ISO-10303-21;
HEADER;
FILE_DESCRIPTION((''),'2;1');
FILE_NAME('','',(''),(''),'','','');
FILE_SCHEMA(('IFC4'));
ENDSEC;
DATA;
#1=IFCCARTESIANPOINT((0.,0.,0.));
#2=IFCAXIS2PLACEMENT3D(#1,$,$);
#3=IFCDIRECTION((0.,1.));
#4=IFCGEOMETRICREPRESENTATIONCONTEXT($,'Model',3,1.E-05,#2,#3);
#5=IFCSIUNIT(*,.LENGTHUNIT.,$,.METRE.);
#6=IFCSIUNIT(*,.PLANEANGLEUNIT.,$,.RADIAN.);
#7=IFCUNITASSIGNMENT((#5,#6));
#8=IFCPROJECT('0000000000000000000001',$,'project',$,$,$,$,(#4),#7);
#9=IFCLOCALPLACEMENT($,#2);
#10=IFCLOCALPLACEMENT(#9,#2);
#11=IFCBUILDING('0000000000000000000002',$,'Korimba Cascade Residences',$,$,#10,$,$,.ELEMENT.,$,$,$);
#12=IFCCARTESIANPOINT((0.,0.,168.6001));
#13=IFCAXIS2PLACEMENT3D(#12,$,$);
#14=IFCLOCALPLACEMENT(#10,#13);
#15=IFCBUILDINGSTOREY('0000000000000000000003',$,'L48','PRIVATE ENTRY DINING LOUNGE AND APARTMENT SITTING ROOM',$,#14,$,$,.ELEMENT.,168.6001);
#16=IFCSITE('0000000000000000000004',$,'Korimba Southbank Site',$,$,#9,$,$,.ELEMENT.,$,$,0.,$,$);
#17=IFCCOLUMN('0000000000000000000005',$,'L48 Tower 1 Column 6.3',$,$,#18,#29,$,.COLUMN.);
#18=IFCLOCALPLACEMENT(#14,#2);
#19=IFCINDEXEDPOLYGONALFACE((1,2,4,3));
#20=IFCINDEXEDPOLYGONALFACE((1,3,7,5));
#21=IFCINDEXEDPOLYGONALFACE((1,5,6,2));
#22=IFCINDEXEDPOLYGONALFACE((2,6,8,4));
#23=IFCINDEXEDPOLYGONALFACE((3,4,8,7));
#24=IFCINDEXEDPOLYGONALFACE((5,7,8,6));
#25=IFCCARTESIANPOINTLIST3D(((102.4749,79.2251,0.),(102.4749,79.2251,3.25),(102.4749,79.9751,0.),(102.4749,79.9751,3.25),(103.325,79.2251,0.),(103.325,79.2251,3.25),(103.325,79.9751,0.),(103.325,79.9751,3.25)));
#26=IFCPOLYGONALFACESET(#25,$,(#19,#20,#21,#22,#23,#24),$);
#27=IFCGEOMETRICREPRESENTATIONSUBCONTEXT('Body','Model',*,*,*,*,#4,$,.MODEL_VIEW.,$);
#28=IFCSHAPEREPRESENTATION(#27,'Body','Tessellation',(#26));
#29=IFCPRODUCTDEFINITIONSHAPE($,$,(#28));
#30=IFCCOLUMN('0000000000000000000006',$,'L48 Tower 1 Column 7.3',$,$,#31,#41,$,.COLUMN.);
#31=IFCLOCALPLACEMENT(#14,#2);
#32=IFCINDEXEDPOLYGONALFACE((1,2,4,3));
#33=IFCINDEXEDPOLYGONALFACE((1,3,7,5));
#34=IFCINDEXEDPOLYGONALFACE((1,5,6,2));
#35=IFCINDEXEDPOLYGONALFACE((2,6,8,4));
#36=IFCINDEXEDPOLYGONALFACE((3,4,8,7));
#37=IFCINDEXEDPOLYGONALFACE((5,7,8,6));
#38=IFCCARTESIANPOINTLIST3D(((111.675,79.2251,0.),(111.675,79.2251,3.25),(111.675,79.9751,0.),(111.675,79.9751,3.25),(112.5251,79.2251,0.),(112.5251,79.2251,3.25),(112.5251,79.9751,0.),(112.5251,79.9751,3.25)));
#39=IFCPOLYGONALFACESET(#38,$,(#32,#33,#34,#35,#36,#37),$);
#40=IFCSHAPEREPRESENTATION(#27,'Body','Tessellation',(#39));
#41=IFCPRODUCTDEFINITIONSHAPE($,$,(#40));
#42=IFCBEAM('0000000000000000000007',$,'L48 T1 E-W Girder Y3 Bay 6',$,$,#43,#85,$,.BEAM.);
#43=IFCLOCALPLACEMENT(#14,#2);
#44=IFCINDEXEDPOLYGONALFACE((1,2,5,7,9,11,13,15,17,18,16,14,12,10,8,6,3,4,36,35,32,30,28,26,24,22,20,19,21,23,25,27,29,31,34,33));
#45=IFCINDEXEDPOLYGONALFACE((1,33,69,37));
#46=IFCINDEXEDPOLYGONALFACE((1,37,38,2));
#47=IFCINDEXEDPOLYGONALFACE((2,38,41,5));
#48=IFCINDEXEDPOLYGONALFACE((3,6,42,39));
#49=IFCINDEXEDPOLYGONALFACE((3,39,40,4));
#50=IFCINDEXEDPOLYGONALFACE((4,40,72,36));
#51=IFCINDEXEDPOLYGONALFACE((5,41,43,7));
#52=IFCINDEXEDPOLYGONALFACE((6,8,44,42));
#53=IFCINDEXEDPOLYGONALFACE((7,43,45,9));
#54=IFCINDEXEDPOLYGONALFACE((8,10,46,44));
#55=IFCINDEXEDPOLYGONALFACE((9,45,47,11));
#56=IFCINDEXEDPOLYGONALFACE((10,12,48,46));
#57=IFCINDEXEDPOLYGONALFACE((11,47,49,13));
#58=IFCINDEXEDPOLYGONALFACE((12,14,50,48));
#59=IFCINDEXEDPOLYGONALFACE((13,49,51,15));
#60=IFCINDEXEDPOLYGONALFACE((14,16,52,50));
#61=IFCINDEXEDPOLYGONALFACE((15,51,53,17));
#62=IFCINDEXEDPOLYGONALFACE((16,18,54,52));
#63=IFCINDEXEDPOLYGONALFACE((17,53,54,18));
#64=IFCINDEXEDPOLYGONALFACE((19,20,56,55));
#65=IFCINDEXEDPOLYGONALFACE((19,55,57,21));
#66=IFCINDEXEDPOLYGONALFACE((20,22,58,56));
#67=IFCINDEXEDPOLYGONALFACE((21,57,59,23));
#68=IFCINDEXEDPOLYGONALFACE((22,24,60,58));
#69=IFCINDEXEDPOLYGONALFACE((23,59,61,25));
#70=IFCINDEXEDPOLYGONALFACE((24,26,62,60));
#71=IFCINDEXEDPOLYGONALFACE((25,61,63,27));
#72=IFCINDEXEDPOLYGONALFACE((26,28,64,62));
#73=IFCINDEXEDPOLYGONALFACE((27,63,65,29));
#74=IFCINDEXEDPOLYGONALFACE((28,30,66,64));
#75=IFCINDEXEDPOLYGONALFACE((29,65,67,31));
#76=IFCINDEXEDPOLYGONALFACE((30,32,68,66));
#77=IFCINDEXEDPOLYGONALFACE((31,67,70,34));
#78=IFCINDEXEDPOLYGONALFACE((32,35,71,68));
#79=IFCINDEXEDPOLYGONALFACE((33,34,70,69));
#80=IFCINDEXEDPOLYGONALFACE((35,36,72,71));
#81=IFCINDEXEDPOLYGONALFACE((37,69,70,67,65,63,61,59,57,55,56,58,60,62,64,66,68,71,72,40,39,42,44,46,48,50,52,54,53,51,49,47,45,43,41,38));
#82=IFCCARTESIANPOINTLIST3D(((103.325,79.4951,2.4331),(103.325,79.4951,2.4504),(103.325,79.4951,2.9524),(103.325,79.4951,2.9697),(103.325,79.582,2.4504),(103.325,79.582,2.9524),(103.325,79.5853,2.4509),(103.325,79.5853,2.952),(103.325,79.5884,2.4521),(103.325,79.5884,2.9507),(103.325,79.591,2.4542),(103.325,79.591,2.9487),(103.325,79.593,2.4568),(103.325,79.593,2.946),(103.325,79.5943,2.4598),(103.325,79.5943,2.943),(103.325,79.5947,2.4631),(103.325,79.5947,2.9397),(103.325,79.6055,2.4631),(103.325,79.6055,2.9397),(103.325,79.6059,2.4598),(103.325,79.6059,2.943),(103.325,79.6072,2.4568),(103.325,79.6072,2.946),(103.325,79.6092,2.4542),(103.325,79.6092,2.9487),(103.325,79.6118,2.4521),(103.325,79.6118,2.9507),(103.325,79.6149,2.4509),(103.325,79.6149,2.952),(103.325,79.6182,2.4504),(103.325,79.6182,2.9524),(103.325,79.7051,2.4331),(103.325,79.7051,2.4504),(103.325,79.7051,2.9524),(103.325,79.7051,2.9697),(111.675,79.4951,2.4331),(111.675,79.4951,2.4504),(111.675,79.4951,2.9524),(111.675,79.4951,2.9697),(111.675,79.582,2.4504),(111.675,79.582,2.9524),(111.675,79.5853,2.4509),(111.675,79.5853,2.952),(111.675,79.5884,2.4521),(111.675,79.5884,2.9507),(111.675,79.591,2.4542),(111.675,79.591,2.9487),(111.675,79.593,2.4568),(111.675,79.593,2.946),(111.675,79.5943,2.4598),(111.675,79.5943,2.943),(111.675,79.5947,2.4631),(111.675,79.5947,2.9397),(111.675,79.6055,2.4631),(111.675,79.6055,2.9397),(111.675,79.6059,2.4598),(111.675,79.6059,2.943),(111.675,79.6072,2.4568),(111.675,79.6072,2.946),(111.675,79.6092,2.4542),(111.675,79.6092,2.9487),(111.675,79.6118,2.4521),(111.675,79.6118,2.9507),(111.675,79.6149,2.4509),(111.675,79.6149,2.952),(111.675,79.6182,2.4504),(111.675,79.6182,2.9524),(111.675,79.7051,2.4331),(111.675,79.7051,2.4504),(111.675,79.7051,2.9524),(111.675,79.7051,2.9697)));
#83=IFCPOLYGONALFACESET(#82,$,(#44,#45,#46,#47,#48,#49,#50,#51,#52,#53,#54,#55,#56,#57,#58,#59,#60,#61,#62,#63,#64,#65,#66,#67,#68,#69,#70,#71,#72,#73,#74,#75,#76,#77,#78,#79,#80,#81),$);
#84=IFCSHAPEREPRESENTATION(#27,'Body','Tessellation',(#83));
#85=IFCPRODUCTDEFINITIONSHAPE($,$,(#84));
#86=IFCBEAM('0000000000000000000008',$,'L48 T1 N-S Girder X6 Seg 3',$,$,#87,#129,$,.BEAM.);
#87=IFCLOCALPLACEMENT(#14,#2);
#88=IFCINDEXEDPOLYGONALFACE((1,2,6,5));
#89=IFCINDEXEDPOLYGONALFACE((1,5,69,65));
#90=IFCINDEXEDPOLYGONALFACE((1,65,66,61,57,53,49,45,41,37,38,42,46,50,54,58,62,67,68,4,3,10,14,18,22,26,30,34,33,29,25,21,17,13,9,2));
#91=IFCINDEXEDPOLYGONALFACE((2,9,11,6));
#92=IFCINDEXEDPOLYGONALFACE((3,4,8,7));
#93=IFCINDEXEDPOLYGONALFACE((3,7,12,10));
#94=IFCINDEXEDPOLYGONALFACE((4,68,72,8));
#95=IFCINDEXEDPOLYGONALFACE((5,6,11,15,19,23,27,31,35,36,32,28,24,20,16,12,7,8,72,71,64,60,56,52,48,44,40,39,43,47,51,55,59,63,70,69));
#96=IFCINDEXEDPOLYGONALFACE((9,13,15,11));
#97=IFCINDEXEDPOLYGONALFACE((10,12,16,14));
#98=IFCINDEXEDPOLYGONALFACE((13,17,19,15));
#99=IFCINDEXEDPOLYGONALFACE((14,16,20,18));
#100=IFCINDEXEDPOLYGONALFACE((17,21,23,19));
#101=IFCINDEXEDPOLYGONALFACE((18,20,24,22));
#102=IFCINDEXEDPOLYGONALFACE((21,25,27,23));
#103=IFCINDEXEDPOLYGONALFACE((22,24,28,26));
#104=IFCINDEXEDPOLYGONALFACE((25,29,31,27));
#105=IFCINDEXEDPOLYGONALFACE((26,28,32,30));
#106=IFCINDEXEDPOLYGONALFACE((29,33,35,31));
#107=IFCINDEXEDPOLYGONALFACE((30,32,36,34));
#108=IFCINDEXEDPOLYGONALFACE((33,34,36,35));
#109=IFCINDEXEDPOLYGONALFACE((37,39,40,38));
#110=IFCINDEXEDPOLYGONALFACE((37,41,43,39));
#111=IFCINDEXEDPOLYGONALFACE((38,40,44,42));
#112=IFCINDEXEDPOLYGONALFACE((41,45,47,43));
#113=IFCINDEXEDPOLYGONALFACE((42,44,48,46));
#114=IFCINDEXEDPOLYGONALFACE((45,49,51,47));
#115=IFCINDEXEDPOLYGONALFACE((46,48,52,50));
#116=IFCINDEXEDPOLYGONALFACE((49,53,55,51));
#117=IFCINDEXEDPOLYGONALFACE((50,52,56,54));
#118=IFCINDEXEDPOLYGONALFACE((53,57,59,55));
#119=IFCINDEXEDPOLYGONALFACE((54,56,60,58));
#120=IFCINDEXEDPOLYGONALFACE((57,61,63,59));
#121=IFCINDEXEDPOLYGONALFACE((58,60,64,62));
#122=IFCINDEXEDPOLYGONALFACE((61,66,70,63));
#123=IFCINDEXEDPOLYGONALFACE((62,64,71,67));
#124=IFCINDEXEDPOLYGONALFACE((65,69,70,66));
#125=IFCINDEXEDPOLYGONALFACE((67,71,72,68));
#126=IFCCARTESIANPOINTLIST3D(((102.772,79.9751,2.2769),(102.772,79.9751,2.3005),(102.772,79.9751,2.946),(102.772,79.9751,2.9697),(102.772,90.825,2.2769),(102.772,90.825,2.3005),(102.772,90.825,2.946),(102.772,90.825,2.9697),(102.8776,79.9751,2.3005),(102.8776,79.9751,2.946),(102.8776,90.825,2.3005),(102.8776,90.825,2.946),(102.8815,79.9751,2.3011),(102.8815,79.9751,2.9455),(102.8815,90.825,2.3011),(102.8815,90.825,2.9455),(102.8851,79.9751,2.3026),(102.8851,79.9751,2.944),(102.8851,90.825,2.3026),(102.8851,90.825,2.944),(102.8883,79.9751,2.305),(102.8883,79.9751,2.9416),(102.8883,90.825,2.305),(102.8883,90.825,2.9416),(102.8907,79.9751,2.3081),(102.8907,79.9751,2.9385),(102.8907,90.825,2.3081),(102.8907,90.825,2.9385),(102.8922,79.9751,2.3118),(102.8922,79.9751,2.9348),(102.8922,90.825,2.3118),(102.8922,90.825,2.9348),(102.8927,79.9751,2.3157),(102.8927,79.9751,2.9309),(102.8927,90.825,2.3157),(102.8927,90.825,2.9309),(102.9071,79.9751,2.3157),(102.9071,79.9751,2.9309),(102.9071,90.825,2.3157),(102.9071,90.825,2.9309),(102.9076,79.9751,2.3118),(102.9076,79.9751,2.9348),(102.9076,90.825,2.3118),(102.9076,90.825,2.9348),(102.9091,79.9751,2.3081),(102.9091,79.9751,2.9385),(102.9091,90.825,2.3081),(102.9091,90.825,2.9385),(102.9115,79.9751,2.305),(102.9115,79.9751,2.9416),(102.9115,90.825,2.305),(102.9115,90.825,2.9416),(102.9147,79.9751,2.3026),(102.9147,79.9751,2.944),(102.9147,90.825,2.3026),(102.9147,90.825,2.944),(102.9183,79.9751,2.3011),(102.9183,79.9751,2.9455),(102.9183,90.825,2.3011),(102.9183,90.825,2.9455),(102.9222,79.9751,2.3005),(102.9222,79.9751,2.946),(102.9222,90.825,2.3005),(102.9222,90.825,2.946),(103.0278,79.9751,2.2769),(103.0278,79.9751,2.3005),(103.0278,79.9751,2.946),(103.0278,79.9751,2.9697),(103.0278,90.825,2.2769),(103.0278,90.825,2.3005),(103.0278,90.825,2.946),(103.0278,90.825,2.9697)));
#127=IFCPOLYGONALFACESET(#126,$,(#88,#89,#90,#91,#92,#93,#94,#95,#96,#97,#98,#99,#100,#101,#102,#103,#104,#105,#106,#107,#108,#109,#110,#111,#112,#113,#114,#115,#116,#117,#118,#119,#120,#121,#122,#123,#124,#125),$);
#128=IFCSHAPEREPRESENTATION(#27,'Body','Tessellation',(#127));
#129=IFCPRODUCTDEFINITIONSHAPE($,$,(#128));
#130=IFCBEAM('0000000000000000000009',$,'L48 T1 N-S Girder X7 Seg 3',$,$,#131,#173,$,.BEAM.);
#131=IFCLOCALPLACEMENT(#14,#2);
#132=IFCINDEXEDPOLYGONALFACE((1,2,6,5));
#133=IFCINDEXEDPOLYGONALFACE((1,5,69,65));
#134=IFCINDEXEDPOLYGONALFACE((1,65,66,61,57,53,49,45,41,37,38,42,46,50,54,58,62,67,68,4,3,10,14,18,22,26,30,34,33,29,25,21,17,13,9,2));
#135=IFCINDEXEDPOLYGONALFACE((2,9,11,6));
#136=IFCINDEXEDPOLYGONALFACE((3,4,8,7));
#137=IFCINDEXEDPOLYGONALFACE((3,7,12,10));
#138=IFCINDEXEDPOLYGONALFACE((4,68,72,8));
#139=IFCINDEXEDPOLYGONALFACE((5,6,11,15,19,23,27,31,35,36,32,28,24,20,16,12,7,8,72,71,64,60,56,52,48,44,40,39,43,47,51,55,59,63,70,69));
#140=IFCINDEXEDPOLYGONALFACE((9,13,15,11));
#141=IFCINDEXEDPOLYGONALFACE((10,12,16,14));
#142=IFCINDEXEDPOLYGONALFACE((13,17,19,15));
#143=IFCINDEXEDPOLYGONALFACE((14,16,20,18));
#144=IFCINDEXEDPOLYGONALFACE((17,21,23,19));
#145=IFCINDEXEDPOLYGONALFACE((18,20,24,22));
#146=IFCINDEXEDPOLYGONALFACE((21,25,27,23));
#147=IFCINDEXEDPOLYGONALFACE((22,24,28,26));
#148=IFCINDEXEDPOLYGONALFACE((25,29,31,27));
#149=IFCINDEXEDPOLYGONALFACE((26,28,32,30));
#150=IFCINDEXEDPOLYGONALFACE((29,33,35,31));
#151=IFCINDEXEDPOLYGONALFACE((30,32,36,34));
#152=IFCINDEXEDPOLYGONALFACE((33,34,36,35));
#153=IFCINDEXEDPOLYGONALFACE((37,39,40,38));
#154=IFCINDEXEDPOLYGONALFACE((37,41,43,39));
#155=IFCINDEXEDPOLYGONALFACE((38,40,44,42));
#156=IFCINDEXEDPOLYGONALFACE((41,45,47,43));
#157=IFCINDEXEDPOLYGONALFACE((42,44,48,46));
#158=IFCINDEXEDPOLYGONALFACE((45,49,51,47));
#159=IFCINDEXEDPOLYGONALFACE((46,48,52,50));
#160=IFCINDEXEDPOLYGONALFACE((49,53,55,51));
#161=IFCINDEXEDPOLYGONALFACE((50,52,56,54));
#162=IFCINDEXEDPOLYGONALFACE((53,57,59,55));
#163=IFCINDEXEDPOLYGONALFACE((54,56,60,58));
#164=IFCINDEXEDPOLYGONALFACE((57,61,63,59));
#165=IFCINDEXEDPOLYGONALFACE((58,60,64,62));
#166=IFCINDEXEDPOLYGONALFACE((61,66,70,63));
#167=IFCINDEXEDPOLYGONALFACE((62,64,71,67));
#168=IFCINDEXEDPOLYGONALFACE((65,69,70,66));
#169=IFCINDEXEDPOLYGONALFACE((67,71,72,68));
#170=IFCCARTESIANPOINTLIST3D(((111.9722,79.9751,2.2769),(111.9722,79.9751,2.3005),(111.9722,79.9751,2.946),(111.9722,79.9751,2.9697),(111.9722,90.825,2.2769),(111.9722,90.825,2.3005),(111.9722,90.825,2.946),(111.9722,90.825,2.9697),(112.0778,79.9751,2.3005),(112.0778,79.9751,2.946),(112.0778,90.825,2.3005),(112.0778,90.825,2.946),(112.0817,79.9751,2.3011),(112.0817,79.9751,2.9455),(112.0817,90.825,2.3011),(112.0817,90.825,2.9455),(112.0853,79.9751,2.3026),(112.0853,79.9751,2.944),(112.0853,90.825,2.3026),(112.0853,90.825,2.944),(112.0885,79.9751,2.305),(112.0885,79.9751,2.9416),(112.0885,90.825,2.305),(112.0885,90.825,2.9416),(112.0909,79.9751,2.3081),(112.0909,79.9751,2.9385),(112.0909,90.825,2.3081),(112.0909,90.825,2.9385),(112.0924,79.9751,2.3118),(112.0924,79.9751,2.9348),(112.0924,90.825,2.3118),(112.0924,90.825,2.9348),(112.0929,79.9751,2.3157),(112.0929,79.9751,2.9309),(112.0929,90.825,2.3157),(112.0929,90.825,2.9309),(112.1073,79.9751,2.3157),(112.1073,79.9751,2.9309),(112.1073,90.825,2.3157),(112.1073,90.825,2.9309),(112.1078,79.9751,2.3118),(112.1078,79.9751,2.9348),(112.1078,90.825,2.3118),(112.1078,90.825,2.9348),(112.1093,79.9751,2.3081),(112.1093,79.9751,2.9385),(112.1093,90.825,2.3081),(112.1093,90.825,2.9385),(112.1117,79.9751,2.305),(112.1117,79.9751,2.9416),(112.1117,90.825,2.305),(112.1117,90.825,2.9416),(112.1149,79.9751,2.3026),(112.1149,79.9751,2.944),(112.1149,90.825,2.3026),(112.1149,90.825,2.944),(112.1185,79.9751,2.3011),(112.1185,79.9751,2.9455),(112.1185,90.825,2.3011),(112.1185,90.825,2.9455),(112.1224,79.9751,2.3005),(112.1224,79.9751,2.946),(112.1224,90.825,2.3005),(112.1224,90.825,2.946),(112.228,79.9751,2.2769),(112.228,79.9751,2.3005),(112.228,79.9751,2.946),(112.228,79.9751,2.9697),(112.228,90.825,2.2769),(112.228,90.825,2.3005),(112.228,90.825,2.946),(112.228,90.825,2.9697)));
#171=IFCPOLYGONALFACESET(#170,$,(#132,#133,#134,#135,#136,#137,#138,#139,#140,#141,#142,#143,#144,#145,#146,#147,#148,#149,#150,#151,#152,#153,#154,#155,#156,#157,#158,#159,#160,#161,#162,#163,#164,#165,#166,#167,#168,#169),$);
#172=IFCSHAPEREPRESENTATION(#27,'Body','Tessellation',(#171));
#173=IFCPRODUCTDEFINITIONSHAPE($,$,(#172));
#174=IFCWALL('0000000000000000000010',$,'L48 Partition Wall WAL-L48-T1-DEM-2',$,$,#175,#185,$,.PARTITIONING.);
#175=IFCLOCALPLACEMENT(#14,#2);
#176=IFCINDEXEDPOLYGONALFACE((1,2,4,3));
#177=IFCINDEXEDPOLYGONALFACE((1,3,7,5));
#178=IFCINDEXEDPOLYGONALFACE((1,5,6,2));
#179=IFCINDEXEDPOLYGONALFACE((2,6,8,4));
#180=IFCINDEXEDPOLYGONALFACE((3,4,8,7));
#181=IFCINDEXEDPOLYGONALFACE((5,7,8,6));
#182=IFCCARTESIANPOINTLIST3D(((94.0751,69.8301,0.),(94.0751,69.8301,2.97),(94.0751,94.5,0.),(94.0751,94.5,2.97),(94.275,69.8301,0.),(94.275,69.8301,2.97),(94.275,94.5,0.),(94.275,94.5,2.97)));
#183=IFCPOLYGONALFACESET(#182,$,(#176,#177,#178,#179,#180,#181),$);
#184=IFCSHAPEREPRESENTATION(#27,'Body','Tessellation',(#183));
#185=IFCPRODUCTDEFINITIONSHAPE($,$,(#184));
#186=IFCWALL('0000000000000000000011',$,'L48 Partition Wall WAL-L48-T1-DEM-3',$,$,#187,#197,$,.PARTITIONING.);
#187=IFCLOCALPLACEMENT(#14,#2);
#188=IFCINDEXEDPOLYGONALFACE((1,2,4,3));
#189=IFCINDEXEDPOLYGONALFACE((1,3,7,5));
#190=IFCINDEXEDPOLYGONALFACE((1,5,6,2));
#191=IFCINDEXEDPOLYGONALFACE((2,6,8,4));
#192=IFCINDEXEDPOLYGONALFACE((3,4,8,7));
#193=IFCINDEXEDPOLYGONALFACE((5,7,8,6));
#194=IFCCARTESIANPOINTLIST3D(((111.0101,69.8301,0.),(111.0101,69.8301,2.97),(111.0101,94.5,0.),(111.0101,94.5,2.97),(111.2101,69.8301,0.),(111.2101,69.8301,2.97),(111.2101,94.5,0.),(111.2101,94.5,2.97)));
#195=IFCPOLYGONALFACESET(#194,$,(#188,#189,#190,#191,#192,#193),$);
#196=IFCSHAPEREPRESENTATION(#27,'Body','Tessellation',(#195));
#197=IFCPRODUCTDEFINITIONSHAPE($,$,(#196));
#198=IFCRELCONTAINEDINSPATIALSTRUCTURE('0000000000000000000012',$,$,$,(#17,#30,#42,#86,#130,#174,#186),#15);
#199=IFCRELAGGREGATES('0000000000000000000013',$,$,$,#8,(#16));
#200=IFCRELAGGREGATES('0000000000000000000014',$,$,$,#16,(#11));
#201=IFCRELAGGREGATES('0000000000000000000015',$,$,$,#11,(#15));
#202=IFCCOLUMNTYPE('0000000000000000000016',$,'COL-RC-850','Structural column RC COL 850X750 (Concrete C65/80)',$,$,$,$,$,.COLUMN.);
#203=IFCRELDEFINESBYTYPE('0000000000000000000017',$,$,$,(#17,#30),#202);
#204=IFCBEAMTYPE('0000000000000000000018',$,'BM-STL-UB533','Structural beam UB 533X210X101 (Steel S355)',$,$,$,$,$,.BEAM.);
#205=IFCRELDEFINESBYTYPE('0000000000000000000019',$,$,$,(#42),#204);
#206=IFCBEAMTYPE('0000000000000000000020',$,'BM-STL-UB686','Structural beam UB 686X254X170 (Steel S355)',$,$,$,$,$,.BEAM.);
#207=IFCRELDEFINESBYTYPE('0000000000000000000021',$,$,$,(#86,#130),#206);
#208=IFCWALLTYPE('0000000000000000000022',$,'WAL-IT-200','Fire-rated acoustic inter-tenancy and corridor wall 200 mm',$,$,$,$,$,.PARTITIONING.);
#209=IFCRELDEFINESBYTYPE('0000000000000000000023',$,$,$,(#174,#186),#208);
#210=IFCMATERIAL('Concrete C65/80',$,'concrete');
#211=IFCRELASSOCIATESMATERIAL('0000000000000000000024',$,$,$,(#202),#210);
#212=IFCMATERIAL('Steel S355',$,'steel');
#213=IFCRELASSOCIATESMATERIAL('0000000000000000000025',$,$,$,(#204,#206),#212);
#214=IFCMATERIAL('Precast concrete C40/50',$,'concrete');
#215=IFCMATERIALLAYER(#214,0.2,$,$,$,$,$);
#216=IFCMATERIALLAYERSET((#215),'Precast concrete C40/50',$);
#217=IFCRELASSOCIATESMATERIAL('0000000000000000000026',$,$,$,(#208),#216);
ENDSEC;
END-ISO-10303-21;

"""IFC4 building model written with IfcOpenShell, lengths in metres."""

from ifc_helpers import new_model, si_unit, direction, frame, frame_2d, origin, origin_2d, place, context, subcontext, project, spatial, rectangle, i_section, extrude, material, layer, layer_set, material_profile, profile_set, type_object, element, save


model = new_model("IFC4")

# Units and contexts
model_context = context("Model", 3, precision=1e-05, world=origin(), true_north=direction((0.0, 1.0)))
body_context = subcontext(model_context, "Body", "Model", "MODEL_VIEW")
ifc_project = project(units=[si_unit("LENGTHUNIT", "METRE"), si_unit("PLANEANGLEUNIT", "RADIAN")], contexts=[model_context])

# Site, building, storey
site_placement = place(None, origin())
site = spatial("IfcSite", under=ifc_project, at=site_placement, Name="Korimba Southbank Site", CompositionType="ELEMENT", RefElevation=0.0)
building_placement = place(site_placement, origin())
building = spatial("IfcBuilding", under=site, at=building_placement, Name="Korimba Cascade Residences", CompositionType="ELEMENT")
storey_placement = place(building_placement, frame((0.0, 0.0, 168.6001)))
storey = spatial("IfcBuildingStorey", under=building, at=storey_placement, Name="L48", Description="PRIVATE ENTRY DINING LOUNGE AND APARTMENT SITTING ROOM", CompositionType="ELEMENT", Elevation=168.6001)

# Columns
ifc_material_1 = material(Name="Concrete C65/80", Category="concrete")
ifc_material_profile_1 = material_profile(ifc_material_1, rectangle(XDim=0.8501, YDim=0.75, at=origin_2d()), Name="Concrete C65/80")
ifc_profile_set_1 = profile_set([ifc_material_profile_1], Name="Concrete C65/80")
column_type = type_object("IfcColumnType", Name="COL-RC-850", Description="Structural column RC COL 850X750 (Concrete C65/80)", PredefinedType="COLUMN", material=ifc_profile_set_1)
for number, where, z_axis, x_axis, name in (
    (1, (102.8999, 79.6001, 0.0), (0.0, 0.0, 1.0), (1.0, 0.0, 0.0), "L48 Tower 1 Column 6.3"),
    (2, (112.1001, 79.6001, 0.0), (0.0, 0.0, 1.0), (1.0, 0.0, 0.0), "L48 Tower 1 Column 7.3"),
):
    element("IfcColumn", number, at=place(storey_placement, frame(where, z_axis=z_axis, x_axis=x_axis)), inside=storey, type_object=column_type, Name=name, PredefinedType="COLUMN", context=body_context, shape_type="SweptSolid", body=[
        extrude(rectangle(XDim=0.8501, YDim=0.75, at=origin_2d()), origin(), (0.0, 0.0, 1.0), 3.25),
    ])

# Beams
ifc_material_2 = material(Name="Steel S355", Category="steel")
ifc_material_profile_2 = material_profile(ifc_material_2, i_section(OverallWidth=0.21, OverallDepth=0.5366, WebThickness=0.0107, FlangeThickness=0.0173, FilletRadius=0.0127, at=origin_2d()), Name="Steel S355")
ifc_profile_set_2 = profile_set([ifc_material_profile_2], Name="Steel S355")
beam_type_1 = type_object("IfcBeamType", Name="BM-STL-UB533", Description="Structural beam UB 533X210X101 (Steel S355)", PredefinedType="BEAM", material=ifc_profile_set_2)
beam_placement = place(storey_placement, frame((103.325, 79.6001, 2.7014), z_axis=(1.0, 0.0, 0.0), x_axis=(0.0, 1.0, 0.0)))
element("IfcBeam", 3, at=beam_placement, inside=storey, type_object=beam_type_1, Name="L48 T1 E-W Girder Y3 Bay 6", PredefinedType="BEAM", context=body_context, shape_type="SweptSolid", body=[
    extrude(i_section(OverallWidth=0.21, OverallDepth=0.5366, WebThickness=0.0107, FlangeThickness=0.0173, FilletRadius=0.0127, at=origin_2d()), origin(), (0.0, 0.0, 1.0), 8.3501),
])
ifc_material_profile_3 = material_profile(ifc_material_2, i_section(OverallWidth=0.2559, OverallDepth=0.6929, WebThickness=0.0144, FlangeThickness=0.0237, FilletRadius=0.0151, at=origin_2d()), Name="Steel S355")
ifc_profile_set_3 = profile_set([ifc_material_profile_3], Name="Steel S355")
beam_type_2 = type_object("IfcBeamType", Name="BM-STL-UB686", Description="Structural beam UB 686X254X170 (Steel S355)", PredefinedType="BEAM", material=ifc_profile_set_3)
for number, where, z_axis, x_axis, name in (
    (4, (102.8999, 79.9751, 2.6233), (0.0, 1.0, 0.0), (-1.0, 0.0, 0.0), "L48 T1 N-S Girder X6 Seg 3"),
    (5, (112.1001, 79.9751, 2.6233), (0.0, 1.0, 0.0), (-1.0, 0.0, 0.0), "L48 T1 N-S Girder X7 Seg 3"),
):
    element("IfcBeam", number, at=place(storey_placement, frame(where, z_axis=z_axis, x_axis=x_axis)), inside=storey, type_object=beam_type_2, Name=name, PredefinedType="BEAM", context=body_context, shape_type="SweptSolid", body=[
        extrude(i_section(OverallWidth=0.2559, OverallDepth=0.6929, WebThickness=0.0144, FlangeThickness=0.0237, FilletRadius=0.0151, at=origin_2d()), origin(), (0.0, 0.0, 1.0), 10.8499),
    ])

# Walls
ifc_material_3 = material(Name="Precast concrete C40/50", Category="concrete")
ifc_layer_1 = layer(ifc_material_3, 0.2)
ifc_layer_set_1 = layer_set([ifc_layer_1], Name="Precast concrete C40/50")
wall_type_1 = type_object("IfcWallType", Name="WAL-IT-200", Description="Fire-rated acoustic inter-tenancy and corridor wall 200 mm", PredefinedType="PARTITIONING", material=ifc_layer_set_1)
for number, where, z_axis, x_axis, name in (
    (6, (94.175, 69.8301, 0.0), (0.0, 0.0, 1.0), (0.0, 1.0, 0.0), "L48 Partition Wall WAL-L48-T1-DEM-2"),
    (7, (111.1101, 69.8301, 0.0), (0.0, 0.0, 1.0), (0.0, 1.0, 0.0), "L48 Partition Wall WAL-L48-T1-DEM-3"),
):
    element("IfcWall", number, at=place(storey_placement, frame(where, z_axis=z_axis, x_axis=x_axis)), inside=storey, type_object=wall_type_1, Name=name, PredefinedType="PARTITIONING", context=body_context, shape_type="SweptSolid", body=[
        extrude(rectangle(XDim=24.6699, YDim=0.2, at=frame_2d((12.335, 0.0))), origin(), (0.0, 0.0, 1.0), 2.97),
    ])

save(model, "model.ifc")
